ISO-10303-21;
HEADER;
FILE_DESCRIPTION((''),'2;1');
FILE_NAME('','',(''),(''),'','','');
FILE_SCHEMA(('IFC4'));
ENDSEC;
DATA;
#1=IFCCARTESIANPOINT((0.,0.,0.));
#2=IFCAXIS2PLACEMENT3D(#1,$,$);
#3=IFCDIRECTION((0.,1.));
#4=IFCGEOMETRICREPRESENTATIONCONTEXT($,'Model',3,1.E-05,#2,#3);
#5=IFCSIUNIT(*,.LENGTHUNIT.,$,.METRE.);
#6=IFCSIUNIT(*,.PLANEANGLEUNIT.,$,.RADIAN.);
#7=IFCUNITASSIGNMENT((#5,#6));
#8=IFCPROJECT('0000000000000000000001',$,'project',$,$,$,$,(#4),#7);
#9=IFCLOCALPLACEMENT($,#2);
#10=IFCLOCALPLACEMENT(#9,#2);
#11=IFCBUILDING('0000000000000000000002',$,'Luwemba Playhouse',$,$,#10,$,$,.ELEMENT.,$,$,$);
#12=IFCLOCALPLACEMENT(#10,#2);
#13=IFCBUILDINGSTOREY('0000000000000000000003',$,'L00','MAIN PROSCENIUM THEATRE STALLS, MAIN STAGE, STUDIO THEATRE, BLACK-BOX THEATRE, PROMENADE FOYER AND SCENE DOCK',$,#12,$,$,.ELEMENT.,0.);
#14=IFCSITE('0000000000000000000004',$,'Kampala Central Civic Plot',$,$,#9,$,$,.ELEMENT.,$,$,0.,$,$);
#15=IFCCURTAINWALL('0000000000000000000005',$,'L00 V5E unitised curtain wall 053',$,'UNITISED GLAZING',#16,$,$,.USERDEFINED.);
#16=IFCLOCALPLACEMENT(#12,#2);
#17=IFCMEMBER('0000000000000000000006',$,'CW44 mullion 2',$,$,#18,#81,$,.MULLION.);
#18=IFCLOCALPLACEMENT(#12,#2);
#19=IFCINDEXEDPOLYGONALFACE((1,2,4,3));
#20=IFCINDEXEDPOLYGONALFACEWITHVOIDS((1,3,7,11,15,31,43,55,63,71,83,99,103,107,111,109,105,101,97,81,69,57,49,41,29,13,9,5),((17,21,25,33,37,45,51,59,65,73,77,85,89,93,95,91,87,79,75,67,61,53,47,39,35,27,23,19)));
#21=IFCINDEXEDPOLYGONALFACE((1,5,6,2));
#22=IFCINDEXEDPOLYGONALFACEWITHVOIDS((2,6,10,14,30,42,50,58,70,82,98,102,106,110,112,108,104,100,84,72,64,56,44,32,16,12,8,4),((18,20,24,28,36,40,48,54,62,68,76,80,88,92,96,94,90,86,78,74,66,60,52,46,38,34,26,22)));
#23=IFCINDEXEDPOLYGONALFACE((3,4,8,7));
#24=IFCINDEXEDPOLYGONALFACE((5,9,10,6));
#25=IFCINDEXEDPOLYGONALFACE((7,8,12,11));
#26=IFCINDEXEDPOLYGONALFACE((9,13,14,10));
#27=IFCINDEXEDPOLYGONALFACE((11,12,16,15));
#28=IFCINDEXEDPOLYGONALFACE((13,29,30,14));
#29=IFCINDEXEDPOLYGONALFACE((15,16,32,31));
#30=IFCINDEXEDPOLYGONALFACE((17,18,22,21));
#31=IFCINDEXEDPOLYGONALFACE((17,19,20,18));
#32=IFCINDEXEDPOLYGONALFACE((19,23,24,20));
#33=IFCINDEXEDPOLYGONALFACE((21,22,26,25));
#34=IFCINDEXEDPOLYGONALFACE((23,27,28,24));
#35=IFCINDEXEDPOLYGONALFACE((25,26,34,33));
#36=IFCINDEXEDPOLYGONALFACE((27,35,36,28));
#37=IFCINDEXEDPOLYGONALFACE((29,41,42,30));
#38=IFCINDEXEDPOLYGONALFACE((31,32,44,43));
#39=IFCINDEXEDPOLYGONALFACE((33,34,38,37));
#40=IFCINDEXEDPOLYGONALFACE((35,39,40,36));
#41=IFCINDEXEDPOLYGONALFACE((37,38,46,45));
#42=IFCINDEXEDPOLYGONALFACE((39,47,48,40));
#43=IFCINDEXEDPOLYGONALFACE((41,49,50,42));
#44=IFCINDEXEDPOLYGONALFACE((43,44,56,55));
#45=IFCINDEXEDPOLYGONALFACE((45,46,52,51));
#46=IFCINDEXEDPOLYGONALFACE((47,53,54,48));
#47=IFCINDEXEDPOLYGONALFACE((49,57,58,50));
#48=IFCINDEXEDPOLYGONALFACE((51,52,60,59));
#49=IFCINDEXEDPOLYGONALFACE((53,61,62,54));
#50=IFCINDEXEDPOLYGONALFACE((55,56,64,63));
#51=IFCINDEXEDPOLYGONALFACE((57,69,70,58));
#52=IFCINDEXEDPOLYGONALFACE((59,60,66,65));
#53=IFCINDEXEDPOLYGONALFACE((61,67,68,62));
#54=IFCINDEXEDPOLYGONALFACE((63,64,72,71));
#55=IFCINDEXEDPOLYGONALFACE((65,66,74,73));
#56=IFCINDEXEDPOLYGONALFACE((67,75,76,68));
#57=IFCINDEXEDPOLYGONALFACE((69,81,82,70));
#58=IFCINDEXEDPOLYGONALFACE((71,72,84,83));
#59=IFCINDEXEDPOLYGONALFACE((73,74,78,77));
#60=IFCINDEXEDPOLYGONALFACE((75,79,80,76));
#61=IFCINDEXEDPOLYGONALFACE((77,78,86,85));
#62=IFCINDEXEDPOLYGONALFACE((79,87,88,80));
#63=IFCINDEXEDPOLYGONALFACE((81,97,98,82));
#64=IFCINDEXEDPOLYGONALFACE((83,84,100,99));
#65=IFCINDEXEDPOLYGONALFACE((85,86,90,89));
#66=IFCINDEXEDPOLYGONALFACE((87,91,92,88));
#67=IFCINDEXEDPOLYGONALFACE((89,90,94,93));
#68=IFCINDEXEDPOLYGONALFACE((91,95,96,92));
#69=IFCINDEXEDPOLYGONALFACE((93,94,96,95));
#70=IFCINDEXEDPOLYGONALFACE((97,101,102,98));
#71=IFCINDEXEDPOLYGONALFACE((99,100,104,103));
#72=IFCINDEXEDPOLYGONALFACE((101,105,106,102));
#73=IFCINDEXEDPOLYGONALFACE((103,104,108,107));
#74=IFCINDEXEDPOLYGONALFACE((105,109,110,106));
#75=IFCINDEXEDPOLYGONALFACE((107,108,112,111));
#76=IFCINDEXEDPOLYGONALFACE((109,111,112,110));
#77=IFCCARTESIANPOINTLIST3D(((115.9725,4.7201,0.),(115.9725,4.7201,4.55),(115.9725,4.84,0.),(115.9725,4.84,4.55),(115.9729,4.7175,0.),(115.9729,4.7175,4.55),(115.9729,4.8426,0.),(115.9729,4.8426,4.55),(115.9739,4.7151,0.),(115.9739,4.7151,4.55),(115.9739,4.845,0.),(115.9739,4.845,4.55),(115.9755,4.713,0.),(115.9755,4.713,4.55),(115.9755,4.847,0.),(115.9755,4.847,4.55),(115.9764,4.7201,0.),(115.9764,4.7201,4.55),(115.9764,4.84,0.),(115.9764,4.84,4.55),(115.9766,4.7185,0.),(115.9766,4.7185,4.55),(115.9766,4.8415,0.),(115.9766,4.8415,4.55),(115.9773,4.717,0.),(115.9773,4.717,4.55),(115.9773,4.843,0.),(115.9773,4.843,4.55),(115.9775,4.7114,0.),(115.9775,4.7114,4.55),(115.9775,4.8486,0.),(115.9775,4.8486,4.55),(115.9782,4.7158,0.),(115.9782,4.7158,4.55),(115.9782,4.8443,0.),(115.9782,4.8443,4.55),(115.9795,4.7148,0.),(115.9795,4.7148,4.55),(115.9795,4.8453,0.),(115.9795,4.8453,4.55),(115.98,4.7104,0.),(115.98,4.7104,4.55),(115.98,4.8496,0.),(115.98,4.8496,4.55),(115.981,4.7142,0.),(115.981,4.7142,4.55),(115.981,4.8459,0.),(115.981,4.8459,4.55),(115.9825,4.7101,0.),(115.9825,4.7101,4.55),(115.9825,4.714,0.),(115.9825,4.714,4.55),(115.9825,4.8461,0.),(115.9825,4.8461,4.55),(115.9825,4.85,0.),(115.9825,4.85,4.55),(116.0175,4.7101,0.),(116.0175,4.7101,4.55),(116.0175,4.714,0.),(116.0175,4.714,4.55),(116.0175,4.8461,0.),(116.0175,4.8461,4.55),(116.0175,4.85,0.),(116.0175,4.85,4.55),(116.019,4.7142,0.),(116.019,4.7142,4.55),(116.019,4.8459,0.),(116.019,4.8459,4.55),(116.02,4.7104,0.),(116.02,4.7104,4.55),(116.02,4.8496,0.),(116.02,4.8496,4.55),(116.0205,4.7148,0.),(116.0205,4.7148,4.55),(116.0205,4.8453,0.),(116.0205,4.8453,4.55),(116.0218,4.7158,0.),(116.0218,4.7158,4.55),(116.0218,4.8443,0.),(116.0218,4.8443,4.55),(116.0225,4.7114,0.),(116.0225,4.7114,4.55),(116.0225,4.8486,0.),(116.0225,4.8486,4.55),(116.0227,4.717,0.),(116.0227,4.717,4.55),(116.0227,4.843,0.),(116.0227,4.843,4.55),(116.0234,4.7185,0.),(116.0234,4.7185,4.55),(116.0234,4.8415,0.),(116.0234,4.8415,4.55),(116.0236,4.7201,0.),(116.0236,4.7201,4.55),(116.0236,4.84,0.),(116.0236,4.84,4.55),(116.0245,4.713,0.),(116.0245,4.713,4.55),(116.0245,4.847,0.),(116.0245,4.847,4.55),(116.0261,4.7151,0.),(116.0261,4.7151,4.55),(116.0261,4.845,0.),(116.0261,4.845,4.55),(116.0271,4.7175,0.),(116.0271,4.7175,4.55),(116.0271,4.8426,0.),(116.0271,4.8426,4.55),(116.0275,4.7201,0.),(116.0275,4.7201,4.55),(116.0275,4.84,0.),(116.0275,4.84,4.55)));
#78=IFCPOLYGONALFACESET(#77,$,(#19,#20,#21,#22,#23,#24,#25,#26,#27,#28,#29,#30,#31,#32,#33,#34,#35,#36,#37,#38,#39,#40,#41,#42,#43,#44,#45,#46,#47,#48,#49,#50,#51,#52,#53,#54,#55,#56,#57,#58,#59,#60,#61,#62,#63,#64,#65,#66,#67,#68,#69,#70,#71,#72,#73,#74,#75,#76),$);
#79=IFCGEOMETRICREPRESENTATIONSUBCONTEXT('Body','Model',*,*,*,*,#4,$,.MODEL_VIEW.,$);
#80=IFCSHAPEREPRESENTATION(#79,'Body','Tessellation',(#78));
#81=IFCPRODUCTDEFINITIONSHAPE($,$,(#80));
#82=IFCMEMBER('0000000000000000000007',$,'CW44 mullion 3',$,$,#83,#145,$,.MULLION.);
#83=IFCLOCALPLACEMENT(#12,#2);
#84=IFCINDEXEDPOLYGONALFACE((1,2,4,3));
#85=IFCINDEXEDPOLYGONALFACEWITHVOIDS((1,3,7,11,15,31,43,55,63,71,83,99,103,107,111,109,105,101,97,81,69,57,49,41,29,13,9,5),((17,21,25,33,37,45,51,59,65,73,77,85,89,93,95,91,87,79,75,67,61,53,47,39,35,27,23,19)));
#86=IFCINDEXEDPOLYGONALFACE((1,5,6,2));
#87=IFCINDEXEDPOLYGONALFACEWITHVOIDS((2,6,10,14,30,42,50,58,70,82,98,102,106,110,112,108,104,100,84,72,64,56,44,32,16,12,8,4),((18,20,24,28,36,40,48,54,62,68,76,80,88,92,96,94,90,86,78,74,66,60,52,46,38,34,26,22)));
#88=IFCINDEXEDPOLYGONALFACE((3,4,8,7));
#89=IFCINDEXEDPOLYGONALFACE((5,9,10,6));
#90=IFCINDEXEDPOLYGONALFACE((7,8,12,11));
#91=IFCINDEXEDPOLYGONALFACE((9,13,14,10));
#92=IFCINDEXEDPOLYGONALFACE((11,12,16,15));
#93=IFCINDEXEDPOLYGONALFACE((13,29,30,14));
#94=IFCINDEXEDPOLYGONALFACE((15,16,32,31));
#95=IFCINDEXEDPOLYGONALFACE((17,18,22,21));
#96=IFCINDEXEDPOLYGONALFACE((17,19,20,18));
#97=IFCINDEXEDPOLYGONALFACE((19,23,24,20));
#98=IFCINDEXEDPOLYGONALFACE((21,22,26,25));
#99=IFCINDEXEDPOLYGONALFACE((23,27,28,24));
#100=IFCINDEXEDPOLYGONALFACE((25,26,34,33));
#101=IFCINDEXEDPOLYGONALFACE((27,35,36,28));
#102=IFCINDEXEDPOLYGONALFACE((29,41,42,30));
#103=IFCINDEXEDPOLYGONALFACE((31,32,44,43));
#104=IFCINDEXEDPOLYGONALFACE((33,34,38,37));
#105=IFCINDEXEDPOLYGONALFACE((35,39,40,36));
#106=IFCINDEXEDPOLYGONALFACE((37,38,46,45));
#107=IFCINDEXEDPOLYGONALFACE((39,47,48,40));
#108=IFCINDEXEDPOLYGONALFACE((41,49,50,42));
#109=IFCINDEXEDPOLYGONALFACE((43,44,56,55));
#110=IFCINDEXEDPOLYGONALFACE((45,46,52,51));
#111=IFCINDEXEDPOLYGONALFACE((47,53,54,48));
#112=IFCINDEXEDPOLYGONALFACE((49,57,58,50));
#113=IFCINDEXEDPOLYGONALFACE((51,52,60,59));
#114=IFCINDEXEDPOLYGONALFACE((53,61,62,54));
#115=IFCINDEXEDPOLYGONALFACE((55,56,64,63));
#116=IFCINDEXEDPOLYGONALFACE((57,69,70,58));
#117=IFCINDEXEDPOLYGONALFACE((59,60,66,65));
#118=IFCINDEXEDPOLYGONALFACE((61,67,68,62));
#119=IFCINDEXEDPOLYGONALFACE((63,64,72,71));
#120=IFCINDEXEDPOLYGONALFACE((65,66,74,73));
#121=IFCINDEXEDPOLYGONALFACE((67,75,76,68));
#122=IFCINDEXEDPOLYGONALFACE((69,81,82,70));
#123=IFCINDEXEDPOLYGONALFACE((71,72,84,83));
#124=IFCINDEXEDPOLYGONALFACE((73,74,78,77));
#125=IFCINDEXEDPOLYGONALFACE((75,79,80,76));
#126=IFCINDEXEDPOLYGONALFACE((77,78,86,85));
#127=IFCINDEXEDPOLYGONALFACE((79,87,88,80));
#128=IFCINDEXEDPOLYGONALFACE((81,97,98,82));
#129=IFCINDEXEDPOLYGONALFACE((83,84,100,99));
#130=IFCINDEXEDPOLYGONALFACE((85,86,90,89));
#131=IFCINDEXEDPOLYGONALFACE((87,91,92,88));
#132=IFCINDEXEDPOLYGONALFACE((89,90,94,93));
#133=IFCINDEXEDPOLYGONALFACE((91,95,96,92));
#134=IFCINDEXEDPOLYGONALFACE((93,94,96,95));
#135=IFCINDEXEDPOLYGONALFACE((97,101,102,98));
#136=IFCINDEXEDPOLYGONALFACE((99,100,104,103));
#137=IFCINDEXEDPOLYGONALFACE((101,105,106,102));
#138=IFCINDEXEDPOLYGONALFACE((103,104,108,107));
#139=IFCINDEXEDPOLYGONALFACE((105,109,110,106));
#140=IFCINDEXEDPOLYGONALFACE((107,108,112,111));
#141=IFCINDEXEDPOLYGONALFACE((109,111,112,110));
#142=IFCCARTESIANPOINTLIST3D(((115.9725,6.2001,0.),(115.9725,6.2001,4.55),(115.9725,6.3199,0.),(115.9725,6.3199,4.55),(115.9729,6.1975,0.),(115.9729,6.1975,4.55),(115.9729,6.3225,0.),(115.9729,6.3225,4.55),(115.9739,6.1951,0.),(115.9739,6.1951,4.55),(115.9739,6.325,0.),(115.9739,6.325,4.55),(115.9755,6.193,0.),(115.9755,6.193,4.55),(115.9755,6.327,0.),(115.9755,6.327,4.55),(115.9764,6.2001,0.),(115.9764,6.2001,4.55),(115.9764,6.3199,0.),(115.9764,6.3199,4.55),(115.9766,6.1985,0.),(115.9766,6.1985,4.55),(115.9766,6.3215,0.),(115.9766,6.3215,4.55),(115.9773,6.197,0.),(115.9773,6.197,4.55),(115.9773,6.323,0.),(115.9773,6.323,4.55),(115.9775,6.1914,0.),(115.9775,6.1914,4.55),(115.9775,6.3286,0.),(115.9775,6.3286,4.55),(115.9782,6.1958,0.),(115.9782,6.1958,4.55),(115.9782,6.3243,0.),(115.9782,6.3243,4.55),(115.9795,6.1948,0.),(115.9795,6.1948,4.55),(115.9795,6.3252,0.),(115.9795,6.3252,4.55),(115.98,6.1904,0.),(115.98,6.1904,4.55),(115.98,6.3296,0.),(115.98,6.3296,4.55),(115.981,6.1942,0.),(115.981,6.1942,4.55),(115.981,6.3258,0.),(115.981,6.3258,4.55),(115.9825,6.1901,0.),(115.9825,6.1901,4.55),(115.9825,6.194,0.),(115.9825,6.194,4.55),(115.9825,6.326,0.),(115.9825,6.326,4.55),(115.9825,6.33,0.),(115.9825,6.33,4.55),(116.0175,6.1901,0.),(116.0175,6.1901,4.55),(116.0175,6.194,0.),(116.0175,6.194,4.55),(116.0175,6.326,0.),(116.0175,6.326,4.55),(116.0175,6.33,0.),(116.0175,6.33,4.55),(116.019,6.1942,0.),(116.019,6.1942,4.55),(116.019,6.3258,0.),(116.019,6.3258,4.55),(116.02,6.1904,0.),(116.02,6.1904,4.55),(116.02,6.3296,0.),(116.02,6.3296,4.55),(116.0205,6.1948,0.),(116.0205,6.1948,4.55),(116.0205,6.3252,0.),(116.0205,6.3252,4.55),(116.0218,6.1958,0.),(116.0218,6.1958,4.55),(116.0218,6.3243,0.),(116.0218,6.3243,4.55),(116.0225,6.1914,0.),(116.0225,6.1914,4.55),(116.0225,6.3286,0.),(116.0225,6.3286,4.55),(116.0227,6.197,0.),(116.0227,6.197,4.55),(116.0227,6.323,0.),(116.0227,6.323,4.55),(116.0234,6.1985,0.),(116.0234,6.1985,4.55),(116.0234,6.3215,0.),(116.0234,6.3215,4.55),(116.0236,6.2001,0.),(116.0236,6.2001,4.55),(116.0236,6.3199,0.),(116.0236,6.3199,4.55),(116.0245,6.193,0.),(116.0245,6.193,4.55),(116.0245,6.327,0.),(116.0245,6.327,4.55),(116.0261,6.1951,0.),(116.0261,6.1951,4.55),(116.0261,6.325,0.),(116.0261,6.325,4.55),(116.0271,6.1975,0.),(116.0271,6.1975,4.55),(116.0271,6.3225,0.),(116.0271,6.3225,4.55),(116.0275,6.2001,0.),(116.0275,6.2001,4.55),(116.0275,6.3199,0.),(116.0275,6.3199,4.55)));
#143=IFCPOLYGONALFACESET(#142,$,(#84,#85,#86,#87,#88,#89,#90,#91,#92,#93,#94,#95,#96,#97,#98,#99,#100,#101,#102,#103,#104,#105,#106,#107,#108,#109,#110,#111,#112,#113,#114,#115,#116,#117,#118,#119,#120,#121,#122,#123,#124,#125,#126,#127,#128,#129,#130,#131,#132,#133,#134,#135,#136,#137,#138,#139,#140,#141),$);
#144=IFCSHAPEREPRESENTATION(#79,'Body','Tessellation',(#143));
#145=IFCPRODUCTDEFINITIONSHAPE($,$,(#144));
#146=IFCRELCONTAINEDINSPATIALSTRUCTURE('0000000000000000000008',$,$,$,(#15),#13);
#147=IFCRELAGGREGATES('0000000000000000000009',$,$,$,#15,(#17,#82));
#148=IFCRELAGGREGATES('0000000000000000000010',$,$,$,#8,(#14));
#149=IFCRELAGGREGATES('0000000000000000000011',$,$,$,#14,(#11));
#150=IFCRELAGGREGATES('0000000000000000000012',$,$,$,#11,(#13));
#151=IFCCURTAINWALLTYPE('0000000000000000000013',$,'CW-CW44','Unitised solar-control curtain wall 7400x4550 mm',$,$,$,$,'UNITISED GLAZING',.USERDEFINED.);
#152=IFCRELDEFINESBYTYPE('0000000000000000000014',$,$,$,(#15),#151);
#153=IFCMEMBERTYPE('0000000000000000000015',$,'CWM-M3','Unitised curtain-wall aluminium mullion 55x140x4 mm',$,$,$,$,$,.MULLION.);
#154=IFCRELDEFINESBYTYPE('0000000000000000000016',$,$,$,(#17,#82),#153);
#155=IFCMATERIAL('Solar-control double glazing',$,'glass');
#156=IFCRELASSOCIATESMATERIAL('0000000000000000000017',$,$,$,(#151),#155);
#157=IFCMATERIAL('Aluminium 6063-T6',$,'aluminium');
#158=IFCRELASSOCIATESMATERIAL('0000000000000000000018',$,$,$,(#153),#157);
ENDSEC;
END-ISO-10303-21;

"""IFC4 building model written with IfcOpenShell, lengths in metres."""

from ifc_helpers import new_model, si_unit, direction, frame, origin, origin_2d, place, context, subcontext, project, spatial, hollow_rectangle, extrude, material, material_profile, profile_set, type_object, element, aggregate, save


model = new_model("IFC4")

# Units and contexts
model_context = context("Model", 3, precision=1e-05, world=origin(), true_north=direction((0.0, 1.0)))
body_context = subcontext(model_context, "Body", "Model", "MODEL_VIEW")
ifc_project = project(units=[si_unit("LENGTHUNIT", "METRE"), si_unit("PLANEANGLEUNIT", "RADIAN")], contexts=[model_context])

# Site, building, storey
site_placement = place(None, origin())
site = spatial("IfcSite", under=ifc_project, at=site_placement, Name="Kampala Central Civic Plot", CompositionType="ELEMENT", RefElevation=0.0)
building_placement = place(site_placement, origin())
building = spatial("IfcBuilding", under=site, at=building_placement, Name="Luwemba Playhouse", CompositionType="ELEMENT")
storey_placement = place(building_placement, origin())
storey = spatial("IfcBuildingStorey", under=building, at=storey_placement, Name="L00", Description="MAIN PROSCENIUM THEATRE STALLS, MAIN STAGE, STUDIO THEATRE, BLACK-BOX THEATRE, PROMENADE FOYER AND SCENE DOCK", CompositionType="ELEMENT", Elevation=0.0)

# Curtain wall, members
ifc_material_1 = material(Name="Solar-control double glazing", Category="glass")
curtain_wall_type = type_object("IfcCurtainWallType", Name="CW-CW44", Description="Unitised solar-control curtain wall 7400x4550 mm", ElementType="UNITISED GLAZING", PredefinedType="USERDEFINED", material=ifc_material_1)
curtain_wall_placement = place(storey_placement, origin())
curtain_wall = element("IfcCurtainWall", 1, at=curtain_wall_placement, inside=storey, type_object=curtain_wall_type, Name="L00 V5E unitised curtain wall 053", ObjectType="UNITISED GLAZING", PredefinedType="USERDEFINED")
ifc_material_2 = material(Name="Aluminium 6063-T6", Category="aluminium")
ifc_material_profile_1 = material_profile(ifc_material_2, hollow_rectangle(XDim=0.0549, YDim=0.1399, WallThickness=0.0039, InnerFilletRadius=0.0061, OuterFilletRadius=0.01, at=origin_2d()))
ifc_profile_set_1 = profile_set([ifc_material_profile_1], Name="Aluminium 6063-T6")
member_type_1 = type_object("IfcMemberType", Name="CWM-M3", Description="Unitised curtain-wall aluminium mullion 55x140x4 mm", PredefinedType="MULLION", material=ifc_profile_set_1)
member_1_placement = place(storey_placement, frame((116.0, 4.78, 0.0), z_axis=(0.0, 0.0, 1.0), x_axis=(-1.0, 0.0, 0.0)))
member_1 = element("IfcMember", 2, at=member_1_placement, type_object=member_type_1, Name="CW44 mullion 2", PredefinedType="MULLION", context=body_context, shape_type="SweptSolid", body=[
    extrude(hollow_rectangle(XDim=0.0549, YDim=0.1399, WallThickness=0.0039, InnerFilletRadius=0.0061, OuterFilletRadius=0.01, at=origin_2d()), origin(), (0.0, 0.0, 1.0), 4.55),
])
member_2_placement = place(storey_placement, frame((116.0, 6.26, 0.0), z_axis=(0.0, 0.0, 1.0), x_axis=(-1.0, 0.0, 0.0)))
member_2 = element("IfcMember", 3, at=member_2_placement, type_object=member_type_1, Name="CW44 mullion 3", PredefinedType="MULLION", context=body_context, shape_type="SweptSolid", body=[
    extrude(hollow_rectangle(XDim=0.0549, YDim=0.1399, WallThickness=0.0039, InnerFilletRadius=0.0061, OuterFilletRadius=0.01, at=origin_2d()), origin(), (0.0, 0.0, 1.0), 4.55),
])
aggregate(curtain_wall, [member_1, member_2])

save(model, "model.ifc")
